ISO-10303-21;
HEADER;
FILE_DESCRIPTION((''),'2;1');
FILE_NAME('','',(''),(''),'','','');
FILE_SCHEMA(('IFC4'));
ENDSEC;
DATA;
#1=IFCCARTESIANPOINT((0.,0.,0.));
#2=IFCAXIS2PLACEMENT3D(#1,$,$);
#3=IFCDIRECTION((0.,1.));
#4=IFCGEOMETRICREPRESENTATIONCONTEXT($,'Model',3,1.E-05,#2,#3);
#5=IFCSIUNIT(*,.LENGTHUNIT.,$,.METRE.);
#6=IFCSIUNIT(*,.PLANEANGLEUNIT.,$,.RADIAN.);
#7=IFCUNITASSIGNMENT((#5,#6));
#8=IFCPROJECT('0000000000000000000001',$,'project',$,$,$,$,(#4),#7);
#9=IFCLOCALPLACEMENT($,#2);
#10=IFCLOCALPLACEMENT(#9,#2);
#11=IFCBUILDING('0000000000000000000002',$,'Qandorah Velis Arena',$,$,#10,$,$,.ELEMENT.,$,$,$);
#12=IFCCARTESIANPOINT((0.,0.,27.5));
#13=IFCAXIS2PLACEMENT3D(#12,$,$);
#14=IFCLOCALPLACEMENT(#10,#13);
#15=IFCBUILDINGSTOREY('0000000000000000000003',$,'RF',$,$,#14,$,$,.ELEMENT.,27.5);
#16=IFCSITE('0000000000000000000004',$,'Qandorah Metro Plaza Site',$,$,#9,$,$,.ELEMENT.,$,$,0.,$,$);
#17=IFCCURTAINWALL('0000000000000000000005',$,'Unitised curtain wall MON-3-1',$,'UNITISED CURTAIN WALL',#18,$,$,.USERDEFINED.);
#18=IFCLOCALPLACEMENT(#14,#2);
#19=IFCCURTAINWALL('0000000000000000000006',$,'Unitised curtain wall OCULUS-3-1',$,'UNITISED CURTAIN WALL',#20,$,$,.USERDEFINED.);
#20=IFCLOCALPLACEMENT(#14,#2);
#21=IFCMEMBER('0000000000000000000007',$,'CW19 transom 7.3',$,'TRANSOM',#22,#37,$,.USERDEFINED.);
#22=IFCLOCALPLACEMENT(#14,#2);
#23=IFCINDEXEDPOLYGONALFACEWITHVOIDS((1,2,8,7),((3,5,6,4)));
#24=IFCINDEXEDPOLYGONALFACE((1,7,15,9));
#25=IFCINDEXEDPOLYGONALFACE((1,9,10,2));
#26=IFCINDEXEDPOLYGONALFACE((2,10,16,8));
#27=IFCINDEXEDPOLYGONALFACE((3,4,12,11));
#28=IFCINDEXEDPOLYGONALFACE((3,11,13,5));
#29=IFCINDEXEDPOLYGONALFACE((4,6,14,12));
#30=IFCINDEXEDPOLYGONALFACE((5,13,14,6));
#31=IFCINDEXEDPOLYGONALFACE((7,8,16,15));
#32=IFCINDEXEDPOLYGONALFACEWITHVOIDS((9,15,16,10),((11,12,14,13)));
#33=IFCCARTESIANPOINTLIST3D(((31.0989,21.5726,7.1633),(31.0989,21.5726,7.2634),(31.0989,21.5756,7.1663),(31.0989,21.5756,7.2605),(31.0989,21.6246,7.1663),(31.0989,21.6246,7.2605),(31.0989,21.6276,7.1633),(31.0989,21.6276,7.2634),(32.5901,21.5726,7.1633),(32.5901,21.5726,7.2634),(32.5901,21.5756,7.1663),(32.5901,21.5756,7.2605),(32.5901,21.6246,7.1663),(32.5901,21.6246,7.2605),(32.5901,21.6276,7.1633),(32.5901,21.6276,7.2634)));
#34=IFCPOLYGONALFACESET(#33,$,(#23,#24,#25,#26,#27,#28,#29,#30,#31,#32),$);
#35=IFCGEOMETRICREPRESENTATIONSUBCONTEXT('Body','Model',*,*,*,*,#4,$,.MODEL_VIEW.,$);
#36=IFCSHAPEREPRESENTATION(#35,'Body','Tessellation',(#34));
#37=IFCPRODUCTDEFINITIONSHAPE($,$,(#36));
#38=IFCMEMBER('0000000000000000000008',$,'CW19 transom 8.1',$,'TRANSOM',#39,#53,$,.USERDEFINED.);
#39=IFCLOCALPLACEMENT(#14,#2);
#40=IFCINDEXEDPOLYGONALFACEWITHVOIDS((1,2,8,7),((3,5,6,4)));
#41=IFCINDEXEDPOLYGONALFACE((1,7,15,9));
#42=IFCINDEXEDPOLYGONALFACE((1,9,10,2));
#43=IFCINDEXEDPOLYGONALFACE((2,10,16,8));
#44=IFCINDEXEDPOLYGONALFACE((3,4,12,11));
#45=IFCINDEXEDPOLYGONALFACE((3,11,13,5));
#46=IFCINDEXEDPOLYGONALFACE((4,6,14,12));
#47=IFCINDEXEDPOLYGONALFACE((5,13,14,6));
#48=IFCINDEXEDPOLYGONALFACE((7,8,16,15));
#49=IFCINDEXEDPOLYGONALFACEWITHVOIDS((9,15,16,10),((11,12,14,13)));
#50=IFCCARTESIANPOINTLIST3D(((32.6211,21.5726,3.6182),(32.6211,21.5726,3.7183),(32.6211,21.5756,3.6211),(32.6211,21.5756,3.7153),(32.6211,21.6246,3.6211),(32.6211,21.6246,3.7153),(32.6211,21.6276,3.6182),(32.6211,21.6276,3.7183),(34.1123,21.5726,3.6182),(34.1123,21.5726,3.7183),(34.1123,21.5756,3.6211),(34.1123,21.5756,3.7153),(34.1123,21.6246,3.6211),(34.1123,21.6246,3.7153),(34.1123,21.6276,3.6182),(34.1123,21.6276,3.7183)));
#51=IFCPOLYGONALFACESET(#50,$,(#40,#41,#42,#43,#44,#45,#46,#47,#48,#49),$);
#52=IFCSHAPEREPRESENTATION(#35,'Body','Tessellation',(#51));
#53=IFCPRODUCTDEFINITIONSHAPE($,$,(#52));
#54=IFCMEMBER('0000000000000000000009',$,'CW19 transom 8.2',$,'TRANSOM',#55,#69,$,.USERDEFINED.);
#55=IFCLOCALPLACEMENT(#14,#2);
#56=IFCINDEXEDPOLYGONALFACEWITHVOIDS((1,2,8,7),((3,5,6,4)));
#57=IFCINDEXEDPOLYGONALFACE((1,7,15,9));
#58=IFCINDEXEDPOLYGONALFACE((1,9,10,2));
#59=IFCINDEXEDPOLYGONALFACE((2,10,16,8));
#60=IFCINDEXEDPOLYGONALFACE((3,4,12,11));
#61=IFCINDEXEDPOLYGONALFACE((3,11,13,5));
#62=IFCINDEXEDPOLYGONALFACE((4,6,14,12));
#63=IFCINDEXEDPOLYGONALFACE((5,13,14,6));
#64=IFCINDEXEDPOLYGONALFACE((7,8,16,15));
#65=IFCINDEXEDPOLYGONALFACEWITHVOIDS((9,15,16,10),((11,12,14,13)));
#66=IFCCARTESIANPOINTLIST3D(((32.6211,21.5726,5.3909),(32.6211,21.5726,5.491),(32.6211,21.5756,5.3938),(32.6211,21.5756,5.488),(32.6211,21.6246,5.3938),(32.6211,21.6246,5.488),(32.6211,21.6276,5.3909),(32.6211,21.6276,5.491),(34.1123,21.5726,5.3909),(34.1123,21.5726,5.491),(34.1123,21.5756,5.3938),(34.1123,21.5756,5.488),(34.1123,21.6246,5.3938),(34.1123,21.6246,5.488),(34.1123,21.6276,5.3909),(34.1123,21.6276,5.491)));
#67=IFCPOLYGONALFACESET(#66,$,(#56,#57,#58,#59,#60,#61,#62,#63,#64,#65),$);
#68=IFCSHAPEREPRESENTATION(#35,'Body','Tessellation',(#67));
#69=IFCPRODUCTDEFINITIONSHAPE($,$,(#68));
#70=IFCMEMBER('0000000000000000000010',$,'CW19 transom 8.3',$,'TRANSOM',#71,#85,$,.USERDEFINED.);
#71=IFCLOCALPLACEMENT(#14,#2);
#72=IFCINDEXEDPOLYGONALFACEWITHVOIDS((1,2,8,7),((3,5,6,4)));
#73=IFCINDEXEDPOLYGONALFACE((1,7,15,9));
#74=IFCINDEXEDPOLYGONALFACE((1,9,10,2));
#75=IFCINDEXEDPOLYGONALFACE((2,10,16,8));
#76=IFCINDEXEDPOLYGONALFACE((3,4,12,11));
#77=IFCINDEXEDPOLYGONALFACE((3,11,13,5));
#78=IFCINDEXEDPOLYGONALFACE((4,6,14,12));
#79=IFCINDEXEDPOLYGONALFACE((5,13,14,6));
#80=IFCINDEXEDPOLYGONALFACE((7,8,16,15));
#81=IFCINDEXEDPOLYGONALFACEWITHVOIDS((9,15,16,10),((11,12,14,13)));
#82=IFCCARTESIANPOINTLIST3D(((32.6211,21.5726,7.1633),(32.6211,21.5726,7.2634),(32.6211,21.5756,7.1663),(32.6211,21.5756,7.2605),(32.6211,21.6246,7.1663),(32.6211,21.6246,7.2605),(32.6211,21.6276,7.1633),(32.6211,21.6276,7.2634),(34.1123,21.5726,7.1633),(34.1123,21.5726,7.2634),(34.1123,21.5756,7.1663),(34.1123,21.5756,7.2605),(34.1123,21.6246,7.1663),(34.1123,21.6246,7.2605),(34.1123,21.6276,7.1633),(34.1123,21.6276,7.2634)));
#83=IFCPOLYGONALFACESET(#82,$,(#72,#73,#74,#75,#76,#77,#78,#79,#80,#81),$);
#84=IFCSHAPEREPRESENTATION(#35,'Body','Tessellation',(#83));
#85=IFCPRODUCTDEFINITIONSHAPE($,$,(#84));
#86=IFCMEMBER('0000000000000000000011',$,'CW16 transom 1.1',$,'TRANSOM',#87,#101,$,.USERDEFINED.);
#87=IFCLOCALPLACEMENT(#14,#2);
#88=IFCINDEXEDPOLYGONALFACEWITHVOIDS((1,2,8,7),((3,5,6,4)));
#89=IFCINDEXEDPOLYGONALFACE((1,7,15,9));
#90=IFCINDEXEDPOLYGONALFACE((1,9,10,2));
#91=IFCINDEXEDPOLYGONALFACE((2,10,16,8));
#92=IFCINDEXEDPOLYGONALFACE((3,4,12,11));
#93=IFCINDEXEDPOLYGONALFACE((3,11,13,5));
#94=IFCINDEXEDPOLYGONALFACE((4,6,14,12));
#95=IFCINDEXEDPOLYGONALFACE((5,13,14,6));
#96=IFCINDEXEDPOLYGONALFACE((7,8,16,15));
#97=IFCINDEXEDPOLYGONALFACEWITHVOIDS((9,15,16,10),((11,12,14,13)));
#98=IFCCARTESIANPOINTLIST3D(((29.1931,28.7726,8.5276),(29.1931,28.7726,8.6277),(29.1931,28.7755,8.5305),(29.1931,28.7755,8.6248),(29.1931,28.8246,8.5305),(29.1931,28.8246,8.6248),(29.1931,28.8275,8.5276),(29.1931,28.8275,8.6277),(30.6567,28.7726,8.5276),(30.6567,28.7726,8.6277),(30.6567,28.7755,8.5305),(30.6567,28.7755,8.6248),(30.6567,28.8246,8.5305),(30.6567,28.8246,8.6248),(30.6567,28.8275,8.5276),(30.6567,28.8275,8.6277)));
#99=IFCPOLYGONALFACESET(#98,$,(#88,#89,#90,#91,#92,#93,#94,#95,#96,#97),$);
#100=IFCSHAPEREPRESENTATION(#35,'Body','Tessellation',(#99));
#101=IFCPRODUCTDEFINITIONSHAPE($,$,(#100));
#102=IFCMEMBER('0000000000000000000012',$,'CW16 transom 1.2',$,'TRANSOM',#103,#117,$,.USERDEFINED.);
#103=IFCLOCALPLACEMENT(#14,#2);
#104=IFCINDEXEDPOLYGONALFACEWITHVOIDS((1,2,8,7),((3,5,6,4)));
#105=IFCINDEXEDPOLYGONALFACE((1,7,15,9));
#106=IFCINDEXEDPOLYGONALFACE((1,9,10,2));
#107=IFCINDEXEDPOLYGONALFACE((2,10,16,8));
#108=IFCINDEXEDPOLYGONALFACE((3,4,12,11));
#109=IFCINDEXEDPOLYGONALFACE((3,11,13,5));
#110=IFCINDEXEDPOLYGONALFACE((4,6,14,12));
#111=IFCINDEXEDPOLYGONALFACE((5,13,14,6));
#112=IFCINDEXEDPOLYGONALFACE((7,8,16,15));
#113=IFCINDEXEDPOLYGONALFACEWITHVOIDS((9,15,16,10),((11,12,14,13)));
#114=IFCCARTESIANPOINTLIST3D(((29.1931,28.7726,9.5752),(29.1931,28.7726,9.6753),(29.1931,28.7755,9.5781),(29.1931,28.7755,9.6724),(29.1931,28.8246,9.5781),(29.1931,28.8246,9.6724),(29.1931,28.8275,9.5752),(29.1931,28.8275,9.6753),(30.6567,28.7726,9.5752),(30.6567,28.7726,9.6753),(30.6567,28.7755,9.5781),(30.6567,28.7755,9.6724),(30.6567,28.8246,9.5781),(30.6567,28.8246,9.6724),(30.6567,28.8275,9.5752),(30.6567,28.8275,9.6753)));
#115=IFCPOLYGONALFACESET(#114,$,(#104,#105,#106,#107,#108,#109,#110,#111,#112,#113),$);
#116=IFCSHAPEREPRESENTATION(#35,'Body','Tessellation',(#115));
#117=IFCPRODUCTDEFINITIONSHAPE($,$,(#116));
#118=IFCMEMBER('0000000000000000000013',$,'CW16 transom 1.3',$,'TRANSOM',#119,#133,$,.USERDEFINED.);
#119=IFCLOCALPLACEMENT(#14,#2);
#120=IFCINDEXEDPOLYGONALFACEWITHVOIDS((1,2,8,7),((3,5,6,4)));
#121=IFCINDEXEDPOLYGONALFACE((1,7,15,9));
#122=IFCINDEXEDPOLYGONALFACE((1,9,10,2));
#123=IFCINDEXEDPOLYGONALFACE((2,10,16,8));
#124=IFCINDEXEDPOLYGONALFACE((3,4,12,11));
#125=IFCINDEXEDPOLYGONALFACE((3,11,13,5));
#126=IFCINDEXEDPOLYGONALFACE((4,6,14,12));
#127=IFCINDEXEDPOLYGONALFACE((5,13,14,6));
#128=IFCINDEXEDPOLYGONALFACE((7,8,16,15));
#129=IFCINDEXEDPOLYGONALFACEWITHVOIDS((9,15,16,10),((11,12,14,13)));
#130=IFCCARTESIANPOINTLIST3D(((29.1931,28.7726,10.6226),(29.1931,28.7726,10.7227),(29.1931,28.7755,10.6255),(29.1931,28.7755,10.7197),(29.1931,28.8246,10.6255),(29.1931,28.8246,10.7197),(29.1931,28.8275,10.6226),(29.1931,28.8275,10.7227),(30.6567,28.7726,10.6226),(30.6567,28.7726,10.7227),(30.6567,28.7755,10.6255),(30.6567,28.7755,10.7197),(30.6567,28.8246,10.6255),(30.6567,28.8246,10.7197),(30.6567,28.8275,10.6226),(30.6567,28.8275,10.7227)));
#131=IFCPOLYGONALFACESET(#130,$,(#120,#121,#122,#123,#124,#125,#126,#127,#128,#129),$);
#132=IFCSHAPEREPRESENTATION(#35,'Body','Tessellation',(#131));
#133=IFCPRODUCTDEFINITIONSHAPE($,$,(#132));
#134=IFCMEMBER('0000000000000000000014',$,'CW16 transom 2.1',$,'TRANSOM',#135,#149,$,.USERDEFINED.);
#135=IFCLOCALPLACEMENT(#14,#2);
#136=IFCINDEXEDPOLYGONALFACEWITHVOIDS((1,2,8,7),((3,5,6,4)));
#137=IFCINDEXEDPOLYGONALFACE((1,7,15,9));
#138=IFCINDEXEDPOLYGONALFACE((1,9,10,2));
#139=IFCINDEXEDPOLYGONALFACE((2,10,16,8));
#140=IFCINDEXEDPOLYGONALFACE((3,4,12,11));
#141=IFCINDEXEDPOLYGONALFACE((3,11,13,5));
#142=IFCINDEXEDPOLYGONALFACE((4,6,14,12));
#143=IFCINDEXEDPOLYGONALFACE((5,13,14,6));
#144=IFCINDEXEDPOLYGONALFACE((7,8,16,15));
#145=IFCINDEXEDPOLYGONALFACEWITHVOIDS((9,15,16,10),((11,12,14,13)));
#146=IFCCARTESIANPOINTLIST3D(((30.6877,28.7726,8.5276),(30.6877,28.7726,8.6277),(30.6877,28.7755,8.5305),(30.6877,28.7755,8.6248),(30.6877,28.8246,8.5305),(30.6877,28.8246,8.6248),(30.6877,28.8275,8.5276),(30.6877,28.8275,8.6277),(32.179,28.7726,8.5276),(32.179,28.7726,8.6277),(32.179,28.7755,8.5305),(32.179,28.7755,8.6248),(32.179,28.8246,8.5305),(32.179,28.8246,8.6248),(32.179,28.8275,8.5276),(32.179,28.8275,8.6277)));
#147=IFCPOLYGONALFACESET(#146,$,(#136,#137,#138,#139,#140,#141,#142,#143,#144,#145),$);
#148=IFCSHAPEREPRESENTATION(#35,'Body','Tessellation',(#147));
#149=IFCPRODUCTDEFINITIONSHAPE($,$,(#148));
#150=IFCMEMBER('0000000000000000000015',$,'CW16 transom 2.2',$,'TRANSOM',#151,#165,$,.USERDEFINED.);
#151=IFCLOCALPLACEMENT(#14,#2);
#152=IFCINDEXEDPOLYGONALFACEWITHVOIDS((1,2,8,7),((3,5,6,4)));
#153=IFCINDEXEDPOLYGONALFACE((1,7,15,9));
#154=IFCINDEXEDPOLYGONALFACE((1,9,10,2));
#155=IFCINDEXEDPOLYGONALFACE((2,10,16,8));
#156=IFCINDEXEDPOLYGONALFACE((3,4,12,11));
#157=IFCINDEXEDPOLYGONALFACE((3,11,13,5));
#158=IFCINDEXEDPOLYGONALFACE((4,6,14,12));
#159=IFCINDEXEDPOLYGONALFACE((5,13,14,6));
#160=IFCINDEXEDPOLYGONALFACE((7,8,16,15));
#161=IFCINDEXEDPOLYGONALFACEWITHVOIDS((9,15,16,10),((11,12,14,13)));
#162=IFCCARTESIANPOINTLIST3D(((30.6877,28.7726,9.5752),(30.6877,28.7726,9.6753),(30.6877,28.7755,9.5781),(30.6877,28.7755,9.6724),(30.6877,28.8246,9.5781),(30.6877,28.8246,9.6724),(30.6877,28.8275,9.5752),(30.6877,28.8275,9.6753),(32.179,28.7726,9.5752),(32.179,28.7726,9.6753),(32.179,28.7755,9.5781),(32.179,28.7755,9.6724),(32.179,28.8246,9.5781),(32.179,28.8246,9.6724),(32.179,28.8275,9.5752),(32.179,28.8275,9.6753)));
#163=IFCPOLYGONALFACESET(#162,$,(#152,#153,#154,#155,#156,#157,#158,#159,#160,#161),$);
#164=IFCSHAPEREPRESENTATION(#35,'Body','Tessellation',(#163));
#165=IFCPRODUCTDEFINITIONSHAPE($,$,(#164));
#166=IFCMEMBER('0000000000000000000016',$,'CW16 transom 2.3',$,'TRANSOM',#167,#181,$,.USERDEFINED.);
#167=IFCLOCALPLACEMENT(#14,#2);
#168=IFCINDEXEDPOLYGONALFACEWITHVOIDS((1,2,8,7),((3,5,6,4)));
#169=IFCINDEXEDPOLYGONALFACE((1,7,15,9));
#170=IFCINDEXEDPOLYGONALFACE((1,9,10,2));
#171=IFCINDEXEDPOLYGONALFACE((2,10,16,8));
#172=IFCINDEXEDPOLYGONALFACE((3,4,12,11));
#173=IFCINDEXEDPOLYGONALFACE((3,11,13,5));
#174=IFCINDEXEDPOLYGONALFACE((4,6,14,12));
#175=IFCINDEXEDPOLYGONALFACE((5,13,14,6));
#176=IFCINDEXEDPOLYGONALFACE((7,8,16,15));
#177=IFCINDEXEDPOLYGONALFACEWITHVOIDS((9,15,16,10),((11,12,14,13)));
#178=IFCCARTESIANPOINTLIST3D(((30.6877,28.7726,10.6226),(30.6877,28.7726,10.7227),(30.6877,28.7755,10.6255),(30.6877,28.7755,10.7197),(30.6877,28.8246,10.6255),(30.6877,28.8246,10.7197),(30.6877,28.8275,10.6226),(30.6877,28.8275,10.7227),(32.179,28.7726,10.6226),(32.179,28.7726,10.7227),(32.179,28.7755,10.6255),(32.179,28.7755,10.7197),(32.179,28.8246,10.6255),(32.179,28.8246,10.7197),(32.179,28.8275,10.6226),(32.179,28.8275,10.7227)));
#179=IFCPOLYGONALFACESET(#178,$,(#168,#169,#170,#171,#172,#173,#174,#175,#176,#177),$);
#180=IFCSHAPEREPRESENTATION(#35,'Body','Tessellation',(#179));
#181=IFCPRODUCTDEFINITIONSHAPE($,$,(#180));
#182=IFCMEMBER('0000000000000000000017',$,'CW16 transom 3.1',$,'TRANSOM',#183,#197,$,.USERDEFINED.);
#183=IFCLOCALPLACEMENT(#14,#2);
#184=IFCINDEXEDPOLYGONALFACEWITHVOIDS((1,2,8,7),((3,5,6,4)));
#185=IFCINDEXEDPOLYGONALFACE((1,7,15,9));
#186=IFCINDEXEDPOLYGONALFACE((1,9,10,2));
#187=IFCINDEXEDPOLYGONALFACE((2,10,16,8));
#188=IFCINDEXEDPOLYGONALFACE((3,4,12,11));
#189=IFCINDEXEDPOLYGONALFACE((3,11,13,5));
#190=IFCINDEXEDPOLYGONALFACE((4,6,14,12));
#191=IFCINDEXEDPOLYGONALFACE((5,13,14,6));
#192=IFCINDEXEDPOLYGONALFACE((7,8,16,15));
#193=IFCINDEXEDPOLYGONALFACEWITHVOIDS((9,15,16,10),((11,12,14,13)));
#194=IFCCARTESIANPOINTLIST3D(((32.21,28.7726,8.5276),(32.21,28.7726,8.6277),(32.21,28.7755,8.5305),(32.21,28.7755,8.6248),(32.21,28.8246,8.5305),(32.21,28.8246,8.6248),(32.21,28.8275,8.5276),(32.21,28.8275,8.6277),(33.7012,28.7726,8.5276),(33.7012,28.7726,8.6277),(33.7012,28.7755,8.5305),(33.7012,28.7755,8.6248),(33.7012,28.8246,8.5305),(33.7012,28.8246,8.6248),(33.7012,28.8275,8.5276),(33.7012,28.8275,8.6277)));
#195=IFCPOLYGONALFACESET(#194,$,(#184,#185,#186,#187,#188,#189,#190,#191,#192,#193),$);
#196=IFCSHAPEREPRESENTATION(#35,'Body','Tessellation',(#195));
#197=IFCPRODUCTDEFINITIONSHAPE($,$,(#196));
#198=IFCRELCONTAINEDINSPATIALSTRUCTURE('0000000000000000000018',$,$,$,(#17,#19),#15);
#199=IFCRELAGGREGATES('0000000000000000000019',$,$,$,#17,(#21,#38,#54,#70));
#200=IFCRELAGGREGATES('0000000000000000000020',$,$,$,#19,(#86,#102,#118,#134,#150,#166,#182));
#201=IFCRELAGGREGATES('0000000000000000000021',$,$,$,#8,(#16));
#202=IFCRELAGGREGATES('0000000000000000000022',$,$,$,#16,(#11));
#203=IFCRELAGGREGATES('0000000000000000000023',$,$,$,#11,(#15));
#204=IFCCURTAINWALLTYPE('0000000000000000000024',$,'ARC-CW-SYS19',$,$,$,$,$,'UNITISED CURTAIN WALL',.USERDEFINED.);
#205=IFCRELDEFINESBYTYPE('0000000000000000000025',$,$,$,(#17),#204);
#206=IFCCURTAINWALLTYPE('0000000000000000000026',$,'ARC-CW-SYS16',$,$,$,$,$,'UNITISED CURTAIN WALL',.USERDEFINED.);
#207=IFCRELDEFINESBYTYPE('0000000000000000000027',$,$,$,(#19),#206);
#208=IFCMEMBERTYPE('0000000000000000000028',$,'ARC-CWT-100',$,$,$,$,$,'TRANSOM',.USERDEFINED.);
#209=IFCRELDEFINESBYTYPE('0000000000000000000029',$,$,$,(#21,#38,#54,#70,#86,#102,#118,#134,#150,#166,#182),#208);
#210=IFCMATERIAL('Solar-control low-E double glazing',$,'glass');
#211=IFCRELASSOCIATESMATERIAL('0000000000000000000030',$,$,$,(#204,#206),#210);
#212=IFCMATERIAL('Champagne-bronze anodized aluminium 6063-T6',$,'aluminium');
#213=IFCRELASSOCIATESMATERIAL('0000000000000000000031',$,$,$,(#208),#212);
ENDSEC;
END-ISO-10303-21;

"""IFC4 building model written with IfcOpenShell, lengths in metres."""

from ifc_helpers import new_model, si_unit, direction, frame, origin, origin_2d, place, context, subcontext, project, spatial, hollow_rectangle, extrude, material, material_profile, profile_set, type_object, element, aggregate, save


model = new_model("IFC4")

# Units and contexts
model_context = context("Model", 3, precision=1e-05, world=origin(), true_north=direction((0.0, 1.0)))
body_context = subcontext(model_context, "Body", "Model", "MODEL_VIEW")
ifc_project = project(units=[si_unit("LENGTHUNIT", "METRE"), si_unit("PLANEANGLEUNIT", "RADIAN")], contexts=[model_context])

# Site, building, storey
site_placement = place(None, origin())
site = spatial("IfcSite", under=ifc_project, at=site_placement, Name="Qandorah Metro Plaza Site", CompositionType="ELEMENT", RefElevation=0.0)
building_placement = place(site_placement, origin())
building = spatial("IfcBuilding", under=site, at=building_placement, Name="Qandorah Velis Arena", CompositionType="ELEMENT")
storey_placement = place(building_placement, frame((0.0, 0.0, 27.5)))
storey = spatial("IfcBuildingStorey", under=building, at=storey_placement, Name="RF", CompositionType="ELEMENT", Elevation=27.5)

# Curtain walls
ifc_material_1 = material(Name="Solar-control low-E double glazing", Category="glass")
curtain_wall_type_1 = type_object("IfcCurtainWallType", Name="ARC-CW-SYS19", ElementType="UNITISED CURTAIN WALL", PredefinedType="USERDEFINED", material=ifc_material_1)
curtain_wall_1_placement = place(storey_placement, origin())
curtain_wall_1 = element("IfcCurtainWall", 1, at=curtain_wall_1_placement, inside=storey, type_object=curtain_wall_type_1, Name="Unitised curtain wall MON-3-1", ObjectType="UNITISED CURTAIN WALL", PredefinedType="USERDEFINED")
ifc_material_2 = material(Name="Champagne-bronze anodized aluminium 6063-T6", Category="aluminium")
curtain_wall_type_2 = type_object("IfcCurtainWallType", Name="ARC-CW-SYS16", ElementType="UNITISED CURTAIN WALL", PredefinedType="USERDEFINED", material=ifc_material_1)
curtain_wall_2_placement = place(storey_placement, origin())
curtain_wall_2 = element("IfcCurtainWall", 2, at=curtain_wall_2_placement, inside=storey, type_object=curtain_wall_type_2, Name="Unitised curtain wall OCULUS-3-1", ObjectType="UNITISED CURTAIN WALL", PredefinedType="USERDEFINED")

# Members
ifc_material_profile_1 = material_profile(ifc_material_2, hollow_rectangle(XDim=0.0549, YDim=0.1001, WallThickness=0.0029, at=origin_2d()), Name="ALU TRANSOM 55x100")
ifc_profile_set_1 = profile_set([ifc_material_profile_1], Name="Champagne-bronze anodized aluminium 6063-T6")
member_type_1 = type_object("IfcMemberType", Name="ARC-CWT-100", ElementType="TRANSOM", PredefinedType="USERDEFINED", material=ifc_profile_set_1)
member_1_placement = place(storey_placement, frame((31.0989, 21.6001, 7.2134), z_axis=(1.0, 0.0, 0.0), x_axis=(0.0, 1.0, 0.0)))
member_1 = element("IfcMember", 3, at=member_1_placement, type_object=member_type_1, Name="CW19 transom 7.3", ObjectType="TRANSOM", PredefinedType="USERDEFINED", context=body_context, shape_type="SweptSolid", body=[
    extrude(hollow_rectangle(XDim=0.0549, YDim=0.1001, WallThickness=0.0029, at=origin_2d()), origin(), (0.0, 0.0, 1.0), 1.4912),
])
member_2_placement = place(storey_placement, frame((32.6211, 21.6001, 3.6682), z_axis=(1.0, 0.0, 0.0), x_axis=(0.0, 1.0, 0.0)))
member_2 = element("IfcMember", 4, at=member_2_placement, type_object=member_type_1, Name="CW19 transom 8.1", ObjectType="TRANSOM", PredefinedType="USERDEFINED", context=body_context, shape_type="SweptSolid", body=[
    extrude(hollow_rectangle(XDim=0.0549, YDim=0.1001, WallThickness=0.0029, at=origin_2d()), origin(), (0.0, 0.0, 1.0), 1.4912),
])
member_3_placement = place(storey_placement, frame((32.6211, 21.6001, 5.4409), z_axis=(1.0, 0.0, 0.0), x_axis=(0.0, 1.0, 0.0)))
member_3 = element("IfcMember", 5, at=member_3_placement, type_object=member_type_1, Name="CW19 transom 8.2", ObjectType="TRANSOM", PredefinedType="USERDEFINED", context=body_context, shape_type="SweptSolid", body=[
    extrude(hollow_rectangle(XDim=0.0549, YDim=0.1001, WallThickness=0.0029, at=origin_2d()), origin(), (0.0, 0.0, 1.0), 1.4912),
])
member_4_placement = place(storey_placement, frame((32.6211, 21.6001, 7.2134), z_axis=(1.0, 0.0, 0.0), x_axis=(0.0, 1.0, 0.0)))
member_4 = element("IfcMember", 6, at=member_4_placement, type_object=member_type_1, Name="CW19 transom 8.3", ObjectType="TRANSOM", PredefinedType="USERDEFINED", context=body_context, shape_type="SweptSolid", body=[
    extrude(hollow_rectangle(XDim=0.0549, YDim=0.1001, WallThickness=0.0029, at=origin_2d()), origin(), (0.0, 0.0, 1.0), 1.4912),
])
member_5_placement = place(storey_placement, frame((29.1931, 28.8, 8.5776), z_axis=(1.0, 0.0, 0.0), x_axis=(0.0, 1.0, 0.0)))
member_5 = element("IfcMember", 7, at=member_5_placement, type_object=member_type_1, Name="CW16 transom 1.1", ObjectType="TRANSOM", PredefinedType="USERDEFINED", context=body_context, shape_type="SweptSolid", body=[
    extrude(hollow_rectangle(XDim=0.0549, YDim=0.1001, WallThickness=0.0029, at=origin_2d()), origin(), (0.0, 0.0, 1.0), 1.4636),
])
member_6_placement = place(storey_placement, frame((29.1931, 28.8, 9.6252), z_axis=(1.0, 0.0, 0.0), x_axis=(0.0, 1.0, 0.0)))
member_6 = element("IfcMember", 8, at=member_6_placement, type_object=member_type_1, Name="CW16 transom 1.2", ObjectType="TRANSOM", PredefinedType="USERDEFINED", context=body_context, shape_type="SweptSolid", body=[
    extrude(hollow_rectangle(XDim=0.0549, YDim=0.1001, WallThickness=0.0029, at=origin_2d()), origin(), (0.0, 0.0, 1.0), 1.4636),
])
member_7_placement = place(storey_placement, frame((29.1931, 28.8, 10.6726), z_axis=(1.0, 0.0, 0.0), x_axis=(0.0, 1.0, 0.0)))
member_7 = element("IfcMember", 9, at=member_7_placement, type_object=member_type_1, Name="CW16 transom 1.3", ObjectType="TRANSOM", PredefinedType="USERDEFINED", context=body_context, shape_type="SweptSolid", body=[
    extrude(hollow_rectangle(XDim=0.0549, YDim=0.1001, WallThickness=0.0029, at=origin_2d()), origin(), (0.0, 0.0, 1.0), 1.4636),
])
member_8_placement = place(storey_placement, frame((30.6877, 28.8, 8.5776), z_axis=(1.0, 0.0, 0.0), x_axis=(0.0, 1.0, 0.0)))
member_8 = element("IfcMember", 10, at=member_8_placement, type_object=member_type_1, Name="CW16 transom 2.1", ObjectType="TRANSOM", PredefinedType="USERDEFINED", context=body_context, shape_type="SweptSolid", body=[
    extrude(hollow_rectangle(XDim=0.0549, YDim=0.1001, WallThickness=0.0029, at=origin_2d()), origin(), (0.0, 0.0, 1.0), 1.4912),
])
member_9_placement = place(storey_placement, frame((30.6877, 28.8, 9.6252), z_axis=(1.0, 0.0, 0.0), x_axis=(0.0, 1.0, 0.0)))
member_9 = element("IfcMember", 11, at=member_9_placement, type_object=member_type_1, Name="CW16 transom 2.2", ObjectType="TRANSOM", PredefinedType="USERDEFINED", context=body_context, shape_type="SweptSolid", body=[
    extrude(hollow_rectangle(XDim=0.0549, YDim=0.1001, WallThickness=0.0029, at=origin_2d()), origin(), (0.0, 0.0, 1.0), 1.4912),
])
member_10_placement = place(storey_placement, frame((30.6877, 28.8, 10.6726), z_axis=(1.0, 0.0, 0.0), x_axis=(0.0, 1.0, 0.0)))
member_10 = element("IfcMember", 12, at=member_10_placement, type_object=member_type_1, Name="CW16 transom 2.3", ObjectType="TRANSOM", PredefinedType="USERDEFINED", context=body_context, shape_type="SweptSolid", body=[
    extrude(hollow_rectangle(XDim=0.0549, YDim=0.1001, WallThickness=0.0029, at=origin_2d()), origin(), (0.0, 0.0, 1.0), 1.4912),
])
member_11_placement = place(storey_placement, frame((32.21, 28.8, 8.5776), z_axis=(1.0, 0.0, 0.0), x_axis=(0.0, 1.0, 0.0)))
member_11 = element("IfcMember", 13, at=member_11_placement, type_object=member_type_1, Name="CW16 transom 3.1", ObjectType="TRANSOM", PredefinedType="USERDEFINED", context=body_context, shape_type="SweptSolid", body=[
    extrude(hollow_rectangle(XDim=0.0549, YDim=0.1001, WallThickness=0.0029, at=origin_2d()), origin(), (0.0, 0.0, 1.0), 1.4912),
])

aggregate(curtain_wall_1, [member_1, member_2, member_3, member_4])
aggregate(curtain_wall_2, [member_5, member_6, member_7, member_8, member_9, member_10, member_11])

save(model, "model.ifc")
